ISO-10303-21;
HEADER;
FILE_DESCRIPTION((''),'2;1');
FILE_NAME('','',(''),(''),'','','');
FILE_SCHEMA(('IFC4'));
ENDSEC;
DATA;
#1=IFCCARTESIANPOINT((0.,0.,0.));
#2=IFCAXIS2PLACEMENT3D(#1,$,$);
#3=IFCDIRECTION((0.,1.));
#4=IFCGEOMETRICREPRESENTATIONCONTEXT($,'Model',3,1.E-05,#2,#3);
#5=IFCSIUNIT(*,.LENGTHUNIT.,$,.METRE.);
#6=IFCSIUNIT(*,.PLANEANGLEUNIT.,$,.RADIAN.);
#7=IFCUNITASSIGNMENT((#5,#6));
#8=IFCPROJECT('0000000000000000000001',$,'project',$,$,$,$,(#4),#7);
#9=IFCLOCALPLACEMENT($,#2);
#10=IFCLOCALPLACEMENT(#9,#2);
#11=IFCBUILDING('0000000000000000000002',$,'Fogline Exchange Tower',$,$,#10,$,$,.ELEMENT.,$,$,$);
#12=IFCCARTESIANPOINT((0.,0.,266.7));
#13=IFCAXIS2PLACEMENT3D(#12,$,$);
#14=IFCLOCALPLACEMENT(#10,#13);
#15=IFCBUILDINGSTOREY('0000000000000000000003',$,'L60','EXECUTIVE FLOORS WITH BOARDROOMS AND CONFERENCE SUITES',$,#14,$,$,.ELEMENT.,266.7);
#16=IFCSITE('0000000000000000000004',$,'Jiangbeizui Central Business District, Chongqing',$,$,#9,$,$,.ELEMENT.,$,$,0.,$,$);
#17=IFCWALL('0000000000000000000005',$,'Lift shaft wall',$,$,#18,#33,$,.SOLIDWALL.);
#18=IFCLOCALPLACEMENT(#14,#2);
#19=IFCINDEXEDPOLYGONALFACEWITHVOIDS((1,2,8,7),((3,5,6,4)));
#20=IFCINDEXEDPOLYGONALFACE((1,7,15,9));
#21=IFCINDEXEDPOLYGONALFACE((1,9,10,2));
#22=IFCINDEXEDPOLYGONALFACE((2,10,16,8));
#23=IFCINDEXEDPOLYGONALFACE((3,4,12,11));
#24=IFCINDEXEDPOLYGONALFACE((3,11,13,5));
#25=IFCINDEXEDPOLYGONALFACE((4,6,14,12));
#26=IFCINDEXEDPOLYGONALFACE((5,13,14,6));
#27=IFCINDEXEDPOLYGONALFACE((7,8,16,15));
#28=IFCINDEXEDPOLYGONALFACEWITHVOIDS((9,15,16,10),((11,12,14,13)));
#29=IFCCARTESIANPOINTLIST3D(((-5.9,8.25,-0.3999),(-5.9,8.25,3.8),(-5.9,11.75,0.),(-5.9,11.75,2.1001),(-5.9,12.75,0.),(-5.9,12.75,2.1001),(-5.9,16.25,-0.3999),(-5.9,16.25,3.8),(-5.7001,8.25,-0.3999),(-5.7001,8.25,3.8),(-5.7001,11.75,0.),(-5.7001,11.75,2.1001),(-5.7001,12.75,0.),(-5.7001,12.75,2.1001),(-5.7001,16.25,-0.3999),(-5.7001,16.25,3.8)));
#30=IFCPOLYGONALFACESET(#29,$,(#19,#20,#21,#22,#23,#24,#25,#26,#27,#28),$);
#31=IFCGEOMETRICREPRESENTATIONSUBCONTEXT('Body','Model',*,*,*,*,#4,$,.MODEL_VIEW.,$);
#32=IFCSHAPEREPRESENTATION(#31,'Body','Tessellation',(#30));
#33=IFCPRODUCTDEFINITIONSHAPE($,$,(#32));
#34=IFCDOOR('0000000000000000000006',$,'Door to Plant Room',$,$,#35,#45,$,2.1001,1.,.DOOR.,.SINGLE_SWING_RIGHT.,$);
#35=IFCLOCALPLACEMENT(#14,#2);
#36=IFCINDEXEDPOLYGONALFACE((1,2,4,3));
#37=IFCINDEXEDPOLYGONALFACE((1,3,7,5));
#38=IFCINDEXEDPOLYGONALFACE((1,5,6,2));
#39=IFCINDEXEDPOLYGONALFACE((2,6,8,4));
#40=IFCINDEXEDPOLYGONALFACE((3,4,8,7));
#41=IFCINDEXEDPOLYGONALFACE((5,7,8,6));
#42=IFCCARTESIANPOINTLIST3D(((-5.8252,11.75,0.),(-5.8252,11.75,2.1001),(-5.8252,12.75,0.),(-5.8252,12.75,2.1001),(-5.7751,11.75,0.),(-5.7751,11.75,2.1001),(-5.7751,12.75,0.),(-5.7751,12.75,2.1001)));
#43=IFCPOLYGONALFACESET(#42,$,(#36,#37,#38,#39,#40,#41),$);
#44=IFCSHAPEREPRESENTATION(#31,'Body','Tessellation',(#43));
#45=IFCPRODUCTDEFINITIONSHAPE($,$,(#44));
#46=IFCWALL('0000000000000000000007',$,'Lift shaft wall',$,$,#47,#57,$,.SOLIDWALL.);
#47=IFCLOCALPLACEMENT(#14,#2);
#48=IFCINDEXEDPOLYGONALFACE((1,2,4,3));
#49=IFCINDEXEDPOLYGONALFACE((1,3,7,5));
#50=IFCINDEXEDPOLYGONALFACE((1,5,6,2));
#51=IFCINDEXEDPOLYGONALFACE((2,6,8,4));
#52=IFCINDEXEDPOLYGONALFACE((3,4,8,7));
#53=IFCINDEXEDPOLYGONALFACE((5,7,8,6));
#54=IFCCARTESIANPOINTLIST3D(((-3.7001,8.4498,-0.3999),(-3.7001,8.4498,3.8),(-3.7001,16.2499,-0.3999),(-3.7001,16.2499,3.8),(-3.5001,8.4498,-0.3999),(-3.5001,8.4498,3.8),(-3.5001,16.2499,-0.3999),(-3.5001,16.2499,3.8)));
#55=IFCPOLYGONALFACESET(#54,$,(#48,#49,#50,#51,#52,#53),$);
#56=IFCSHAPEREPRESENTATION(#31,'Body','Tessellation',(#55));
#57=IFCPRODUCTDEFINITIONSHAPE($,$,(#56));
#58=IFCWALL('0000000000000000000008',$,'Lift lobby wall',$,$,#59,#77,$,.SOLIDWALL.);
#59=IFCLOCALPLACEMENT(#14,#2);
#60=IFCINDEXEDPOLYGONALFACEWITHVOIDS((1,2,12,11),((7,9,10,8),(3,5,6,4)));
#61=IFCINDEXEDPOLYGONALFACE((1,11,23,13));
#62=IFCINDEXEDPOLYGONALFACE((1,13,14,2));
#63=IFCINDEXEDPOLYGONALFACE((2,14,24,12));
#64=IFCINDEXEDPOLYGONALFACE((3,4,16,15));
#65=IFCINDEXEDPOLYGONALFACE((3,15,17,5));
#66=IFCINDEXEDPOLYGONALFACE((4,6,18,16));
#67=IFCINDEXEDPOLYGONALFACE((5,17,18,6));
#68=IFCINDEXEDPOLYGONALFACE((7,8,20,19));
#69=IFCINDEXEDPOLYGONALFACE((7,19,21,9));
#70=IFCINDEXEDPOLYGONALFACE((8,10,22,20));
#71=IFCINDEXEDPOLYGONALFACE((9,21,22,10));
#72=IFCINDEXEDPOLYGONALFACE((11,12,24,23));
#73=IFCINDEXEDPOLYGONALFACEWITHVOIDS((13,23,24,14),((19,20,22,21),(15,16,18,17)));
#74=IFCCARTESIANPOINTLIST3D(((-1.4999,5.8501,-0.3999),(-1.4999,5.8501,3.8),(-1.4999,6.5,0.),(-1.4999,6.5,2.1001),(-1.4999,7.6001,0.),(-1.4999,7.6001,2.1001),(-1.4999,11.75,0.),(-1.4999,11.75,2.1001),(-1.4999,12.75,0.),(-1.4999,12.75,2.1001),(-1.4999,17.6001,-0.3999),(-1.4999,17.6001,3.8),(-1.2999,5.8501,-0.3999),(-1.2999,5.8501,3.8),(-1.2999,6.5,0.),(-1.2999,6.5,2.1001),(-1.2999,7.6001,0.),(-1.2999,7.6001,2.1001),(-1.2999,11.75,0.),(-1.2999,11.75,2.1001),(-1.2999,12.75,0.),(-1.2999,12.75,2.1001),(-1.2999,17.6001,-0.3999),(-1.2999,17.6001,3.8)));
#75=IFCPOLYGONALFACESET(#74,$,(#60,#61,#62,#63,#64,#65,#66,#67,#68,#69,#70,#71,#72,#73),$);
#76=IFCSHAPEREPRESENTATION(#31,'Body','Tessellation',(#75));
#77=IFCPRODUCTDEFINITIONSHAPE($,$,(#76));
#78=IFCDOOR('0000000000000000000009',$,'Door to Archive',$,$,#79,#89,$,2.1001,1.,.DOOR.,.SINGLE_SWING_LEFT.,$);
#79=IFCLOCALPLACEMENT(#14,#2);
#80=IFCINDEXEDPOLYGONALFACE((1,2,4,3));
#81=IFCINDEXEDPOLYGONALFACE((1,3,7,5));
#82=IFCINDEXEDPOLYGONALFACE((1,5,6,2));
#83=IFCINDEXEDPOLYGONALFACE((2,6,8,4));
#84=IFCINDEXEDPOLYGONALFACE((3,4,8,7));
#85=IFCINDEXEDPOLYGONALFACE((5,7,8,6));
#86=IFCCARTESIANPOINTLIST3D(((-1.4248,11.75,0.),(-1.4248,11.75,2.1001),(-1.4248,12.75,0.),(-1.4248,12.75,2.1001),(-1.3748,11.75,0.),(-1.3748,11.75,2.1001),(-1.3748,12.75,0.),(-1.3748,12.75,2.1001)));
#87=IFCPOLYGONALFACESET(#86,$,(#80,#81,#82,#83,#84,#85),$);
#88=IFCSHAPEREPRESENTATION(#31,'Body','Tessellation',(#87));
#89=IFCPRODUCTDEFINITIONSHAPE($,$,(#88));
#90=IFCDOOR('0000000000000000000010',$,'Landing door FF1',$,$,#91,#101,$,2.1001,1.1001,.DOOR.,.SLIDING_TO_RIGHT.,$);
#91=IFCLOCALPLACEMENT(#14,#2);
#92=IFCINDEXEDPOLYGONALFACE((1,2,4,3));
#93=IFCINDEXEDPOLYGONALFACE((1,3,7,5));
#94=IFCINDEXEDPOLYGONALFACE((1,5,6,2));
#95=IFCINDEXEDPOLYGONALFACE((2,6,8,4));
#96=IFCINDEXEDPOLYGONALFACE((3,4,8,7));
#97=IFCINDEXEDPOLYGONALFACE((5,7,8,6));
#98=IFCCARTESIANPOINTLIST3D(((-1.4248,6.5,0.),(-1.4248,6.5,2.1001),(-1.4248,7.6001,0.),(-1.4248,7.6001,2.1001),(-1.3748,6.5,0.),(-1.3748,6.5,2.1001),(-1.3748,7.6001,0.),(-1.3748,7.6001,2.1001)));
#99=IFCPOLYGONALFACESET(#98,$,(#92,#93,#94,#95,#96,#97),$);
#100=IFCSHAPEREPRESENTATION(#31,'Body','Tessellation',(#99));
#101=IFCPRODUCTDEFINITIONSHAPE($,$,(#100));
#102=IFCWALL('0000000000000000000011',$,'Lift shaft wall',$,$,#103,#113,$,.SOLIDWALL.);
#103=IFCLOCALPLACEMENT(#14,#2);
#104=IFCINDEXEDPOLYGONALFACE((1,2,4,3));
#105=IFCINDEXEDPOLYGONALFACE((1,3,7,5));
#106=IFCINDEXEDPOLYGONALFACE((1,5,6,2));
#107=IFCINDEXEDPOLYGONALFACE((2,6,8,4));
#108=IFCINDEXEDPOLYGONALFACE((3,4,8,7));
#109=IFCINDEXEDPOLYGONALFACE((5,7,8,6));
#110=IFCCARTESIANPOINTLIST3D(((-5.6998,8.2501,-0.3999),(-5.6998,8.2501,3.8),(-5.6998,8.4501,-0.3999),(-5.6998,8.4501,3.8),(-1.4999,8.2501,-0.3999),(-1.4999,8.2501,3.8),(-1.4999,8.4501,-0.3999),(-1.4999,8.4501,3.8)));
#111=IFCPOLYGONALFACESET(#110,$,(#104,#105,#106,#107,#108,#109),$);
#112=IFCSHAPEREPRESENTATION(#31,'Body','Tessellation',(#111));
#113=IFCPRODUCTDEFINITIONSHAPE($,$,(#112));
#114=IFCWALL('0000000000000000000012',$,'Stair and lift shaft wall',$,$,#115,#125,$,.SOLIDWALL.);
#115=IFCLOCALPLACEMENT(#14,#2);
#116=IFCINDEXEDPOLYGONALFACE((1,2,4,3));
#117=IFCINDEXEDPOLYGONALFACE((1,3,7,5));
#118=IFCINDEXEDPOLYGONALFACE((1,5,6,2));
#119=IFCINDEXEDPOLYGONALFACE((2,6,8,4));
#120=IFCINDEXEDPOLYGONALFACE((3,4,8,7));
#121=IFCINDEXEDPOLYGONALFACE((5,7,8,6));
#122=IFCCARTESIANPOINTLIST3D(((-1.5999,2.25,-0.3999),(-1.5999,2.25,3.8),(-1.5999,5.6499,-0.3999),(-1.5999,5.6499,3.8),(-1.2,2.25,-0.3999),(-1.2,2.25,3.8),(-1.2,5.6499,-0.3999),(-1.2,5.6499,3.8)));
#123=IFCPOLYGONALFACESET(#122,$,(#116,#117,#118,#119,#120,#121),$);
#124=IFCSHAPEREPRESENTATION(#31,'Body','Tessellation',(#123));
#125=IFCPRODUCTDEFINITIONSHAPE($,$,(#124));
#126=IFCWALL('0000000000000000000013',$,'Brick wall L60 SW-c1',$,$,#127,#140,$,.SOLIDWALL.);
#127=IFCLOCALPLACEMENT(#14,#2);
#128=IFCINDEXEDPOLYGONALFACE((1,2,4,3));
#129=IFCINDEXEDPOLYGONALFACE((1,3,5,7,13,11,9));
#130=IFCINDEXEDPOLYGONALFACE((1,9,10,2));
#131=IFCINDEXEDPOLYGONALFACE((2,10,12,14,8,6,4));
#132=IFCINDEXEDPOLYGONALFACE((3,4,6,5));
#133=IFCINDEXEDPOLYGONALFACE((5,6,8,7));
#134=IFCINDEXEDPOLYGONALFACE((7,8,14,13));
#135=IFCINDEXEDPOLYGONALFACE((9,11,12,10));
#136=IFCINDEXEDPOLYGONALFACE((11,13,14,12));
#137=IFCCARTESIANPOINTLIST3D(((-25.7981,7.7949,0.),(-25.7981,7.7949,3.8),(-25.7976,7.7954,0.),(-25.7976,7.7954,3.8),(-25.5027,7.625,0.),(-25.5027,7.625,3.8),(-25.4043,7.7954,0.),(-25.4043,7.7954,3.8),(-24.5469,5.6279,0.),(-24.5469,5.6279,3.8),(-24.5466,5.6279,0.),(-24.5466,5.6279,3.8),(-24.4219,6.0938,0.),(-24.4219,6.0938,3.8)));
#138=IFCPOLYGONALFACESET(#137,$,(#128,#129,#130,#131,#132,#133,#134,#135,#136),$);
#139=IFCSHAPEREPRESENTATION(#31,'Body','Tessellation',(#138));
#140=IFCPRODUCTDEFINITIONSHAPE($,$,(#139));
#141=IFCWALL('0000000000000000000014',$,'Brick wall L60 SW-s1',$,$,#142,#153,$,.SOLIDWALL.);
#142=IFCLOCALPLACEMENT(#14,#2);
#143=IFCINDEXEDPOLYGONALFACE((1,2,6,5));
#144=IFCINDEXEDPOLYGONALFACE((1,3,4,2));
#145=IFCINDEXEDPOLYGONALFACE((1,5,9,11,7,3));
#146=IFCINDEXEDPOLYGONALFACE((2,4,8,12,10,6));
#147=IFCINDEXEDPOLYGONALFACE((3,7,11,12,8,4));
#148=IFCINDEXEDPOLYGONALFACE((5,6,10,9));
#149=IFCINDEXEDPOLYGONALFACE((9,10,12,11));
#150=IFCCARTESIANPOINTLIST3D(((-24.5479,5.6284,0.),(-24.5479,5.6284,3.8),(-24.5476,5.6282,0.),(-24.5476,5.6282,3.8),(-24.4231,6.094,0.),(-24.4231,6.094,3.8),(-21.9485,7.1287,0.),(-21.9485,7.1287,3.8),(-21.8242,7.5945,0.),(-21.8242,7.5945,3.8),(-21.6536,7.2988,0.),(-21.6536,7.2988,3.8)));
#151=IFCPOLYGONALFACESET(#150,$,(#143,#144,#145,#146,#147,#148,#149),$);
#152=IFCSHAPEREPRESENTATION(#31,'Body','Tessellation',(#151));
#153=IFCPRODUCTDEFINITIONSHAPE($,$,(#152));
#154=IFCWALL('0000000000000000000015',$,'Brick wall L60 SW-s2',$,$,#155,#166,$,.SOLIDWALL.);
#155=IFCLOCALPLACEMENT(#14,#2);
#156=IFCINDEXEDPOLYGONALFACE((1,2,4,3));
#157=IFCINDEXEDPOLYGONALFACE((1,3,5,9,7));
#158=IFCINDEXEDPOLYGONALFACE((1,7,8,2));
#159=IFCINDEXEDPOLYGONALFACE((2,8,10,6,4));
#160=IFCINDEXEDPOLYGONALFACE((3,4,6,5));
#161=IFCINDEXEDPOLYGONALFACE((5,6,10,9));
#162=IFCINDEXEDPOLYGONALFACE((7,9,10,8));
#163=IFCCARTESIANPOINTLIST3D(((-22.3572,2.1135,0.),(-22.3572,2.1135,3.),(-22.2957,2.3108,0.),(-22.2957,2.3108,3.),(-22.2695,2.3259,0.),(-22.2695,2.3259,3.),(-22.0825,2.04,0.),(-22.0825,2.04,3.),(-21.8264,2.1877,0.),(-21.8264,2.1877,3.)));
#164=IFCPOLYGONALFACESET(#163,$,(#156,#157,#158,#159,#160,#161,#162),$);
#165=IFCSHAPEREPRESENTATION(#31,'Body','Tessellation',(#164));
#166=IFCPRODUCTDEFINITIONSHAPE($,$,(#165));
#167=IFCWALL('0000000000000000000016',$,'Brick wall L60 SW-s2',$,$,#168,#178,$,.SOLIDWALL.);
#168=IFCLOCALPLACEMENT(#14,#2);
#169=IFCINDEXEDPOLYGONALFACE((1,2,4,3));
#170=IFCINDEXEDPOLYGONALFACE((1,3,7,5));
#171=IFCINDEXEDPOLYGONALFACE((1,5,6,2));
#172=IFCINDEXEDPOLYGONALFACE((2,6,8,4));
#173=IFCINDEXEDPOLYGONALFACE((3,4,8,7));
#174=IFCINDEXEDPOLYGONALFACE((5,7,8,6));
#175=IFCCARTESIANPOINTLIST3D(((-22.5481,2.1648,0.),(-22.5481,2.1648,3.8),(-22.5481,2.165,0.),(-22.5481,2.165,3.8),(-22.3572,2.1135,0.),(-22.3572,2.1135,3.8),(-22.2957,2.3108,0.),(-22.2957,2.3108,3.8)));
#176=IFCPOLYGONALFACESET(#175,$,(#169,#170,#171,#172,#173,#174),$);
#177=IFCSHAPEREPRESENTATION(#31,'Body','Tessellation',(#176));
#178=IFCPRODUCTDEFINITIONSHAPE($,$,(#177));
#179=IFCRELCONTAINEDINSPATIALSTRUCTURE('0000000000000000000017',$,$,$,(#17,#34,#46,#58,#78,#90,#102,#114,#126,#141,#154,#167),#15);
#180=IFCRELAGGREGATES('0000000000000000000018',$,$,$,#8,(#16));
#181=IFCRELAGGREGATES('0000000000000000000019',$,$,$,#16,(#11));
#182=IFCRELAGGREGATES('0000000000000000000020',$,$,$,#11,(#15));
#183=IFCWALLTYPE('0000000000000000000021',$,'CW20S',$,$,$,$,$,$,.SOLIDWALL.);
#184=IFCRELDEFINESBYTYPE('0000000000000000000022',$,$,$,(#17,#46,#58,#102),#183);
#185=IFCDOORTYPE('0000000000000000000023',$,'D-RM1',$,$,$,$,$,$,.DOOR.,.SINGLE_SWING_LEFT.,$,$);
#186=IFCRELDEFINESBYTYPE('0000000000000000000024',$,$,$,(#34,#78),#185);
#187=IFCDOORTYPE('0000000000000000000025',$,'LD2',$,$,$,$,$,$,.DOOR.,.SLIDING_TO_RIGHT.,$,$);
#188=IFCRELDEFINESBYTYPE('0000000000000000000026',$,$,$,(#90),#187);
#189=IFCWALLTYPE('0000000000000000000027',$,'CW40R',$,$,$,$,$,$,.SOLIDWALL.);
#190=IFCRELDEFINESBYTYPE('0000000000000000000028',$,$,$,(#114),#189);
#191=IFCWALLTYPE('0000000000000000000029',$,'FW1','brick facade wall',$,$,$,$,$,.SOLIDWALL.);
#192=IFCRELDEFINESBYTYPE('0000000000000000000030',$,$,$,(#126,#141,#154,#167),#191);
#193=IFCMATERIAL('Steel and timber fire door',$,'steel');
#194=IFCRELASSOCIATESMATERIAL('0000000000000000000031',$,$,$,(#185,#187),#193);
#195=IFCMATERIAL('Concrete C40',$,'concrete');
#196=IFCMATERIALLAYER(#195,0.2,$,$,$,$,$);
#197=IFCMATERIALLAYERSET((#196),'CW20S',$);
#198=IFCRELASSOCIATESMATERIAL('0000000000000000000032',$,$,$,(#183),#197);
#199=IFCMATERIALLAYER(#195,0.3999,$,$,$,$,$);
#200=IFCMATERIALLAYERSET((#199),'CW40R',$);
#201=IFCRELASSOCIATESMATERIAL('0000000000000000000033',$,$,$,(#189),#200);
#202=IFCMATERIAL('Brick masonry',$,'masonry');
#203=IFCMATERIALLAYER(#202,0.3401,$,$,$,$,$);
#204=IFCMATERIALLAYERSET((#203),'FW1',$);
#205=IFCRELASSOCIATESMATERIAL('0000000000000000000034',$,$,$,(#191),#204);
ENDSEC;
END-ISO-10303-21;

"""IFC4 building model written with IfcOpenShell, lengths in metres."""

from ifc_helpers import new_model, si_unit, direction, frame, frame_2d, origin, place, context, subcontext, project, spatial, polyline, rectangle, outline, extrude, material, layer, layer_set, type_object, element, fill, save


model = new_model("IFC4")

# Units and contexts
model_context = context("Model", 3, precision=1e-05, world=origin(), true_north=direction((0.0, 1.0)))
body_context = subcontext(model_context, "Body", "Model", "MODEL_VIEW")
ifc_project = project(units=[si_unit("LENGTHUNIT", "METRE"), si_unit("PLANEANGLEUNIT", "RADIAN")], contexts=[model_context])

# Site, building, storey
site_placement = place(None, origin())
site = spatial("IfcSite", under=ifc_project, at=site_placement, Name="Jiangbeizui Central Business District, Chongqing", CompositionType="ELEMENT", RefElevation=0.0)
building_placement = place(site_placement, origin())
building = spatial("IfcBuilding", under=site, at=building_placement, Name="Fogline Exchange Tower", CompositionType="ELEMENT")
storey_placement = place(building_placement, frame((0.0, 0.0, 266.7)))
storey = spatial("IfcBuildingStorey", under=building, at=storey_placement, Name="L60", Description="EXECUTIVE FLOORS WITH BOARDROOMS AND CONFERENCE SUITES", CompositionType="ELEMENT", Elevation=266.7)

# Shared definitions
ifc_material_1 = material(Name="Concrete C40", Category="concrete")

# Shared definitions
ifc_material_2 = material(Name="Steel and timber fire door", Category="steel")

# Wall, opening, door
door_type_1 = type_object("IfcDoorType", Name="D-RM1", OperationType="SINGLE_SWING_LEFT", PredefinedType="DOOR", material=ifc_material_2)
ifc_layer_1 = layer(ifc_material_1, 0.2)
ifc_layer_set_1 = layer_set([ifc_layer_1], Name="CW20S")
wall_type_1 = type_object("IfcWallType", Name="CW20S", PredefinedType="SOLIDWALL", material=ifc_layer_set_1)
wall_1_placement = place(storey_placement, frame((-5.8, 8.25, -0.3999), z_axis=(0.0, 0.0, 1.0), x_axis=(0.0, 1.0, 0.0)))
wall_1 = element("IfcWall", 1, at=wall_1_placement, inside=storey, type_object=wall_type_1, Name="Lift shaft wall", PredefinedType="SOLIDWALL", context=body_context, shape_type="SweptSolid", body=[
    extrude(rectangle(XDim=8.0, YDim=0.2, at=frame_2d((4.0, 0.0))), origin(), (0.0, 0.0, 1.0), 4.2),
])
opening_1_placement = place(wall_1_placement, frame((3.5, 0.0, 0.3999)))
opening_1 = element("IfcOpeningElement", 2, at=opening_1_placement, cuts=wall_1, PredefinedType="OPENING", context=body_context, shape_type="SweptSolid", body=[
    extrude(rectangle(XDim=1.0, YDim=2.1001, at=frame_2d((0.5, 1.05))), frame((0.0, 0.1099, 0.0), z_axis=(0.0, -1.0, 0.0), x_axis=(1.0, 0.0, 0.0)), (0.0, 0.0, 1.0), 0.22),
])
door_1_placement = place(opening_1_placement, frame((1.0, 0.0, 0.0), z_axis=(0.0, 0.0, 1.0), x_axis=(-1.0, 0.0, 0.0)))
door_1 = element("IfcDoor", 3, at=door_1_placement, inside=storey, type_object=door_type_1, Name="Door to Plant Room", OperationType="SINGLE_SWING_RIGHT", OverallHeight=2.1001, OverallWidth=1.0, PredefinedType="DOOR", context=body_context, shape_type="SweptSolid", body=[
    extrude(rectangle(XDim=1.0, YDim=2.1001, at=frame_2d((0.5, 1.05))), frame((0.0, 0.0249, 0.0), z_axis=(0.0, -1.0, 0.0), x_axis=(1.0, 0.0, 0.0)), (0.0, 0.0, 1.0), 0.05),
])
fill(opening_1, door_1)

# Wall
wall_2_placement = place(storey_placement, frame((-3.6001, 8.45, -0.3999), z_axis=(0.0, 0.0, 1.0), x_axis=(0.0, 1.0, 0.0)))
element("IfcWall", 4, at=wall_2_placement, inside=storey, type_object=wall_type_1, Name="Lift shaft wall", PredefinedType="SOLIDWALL", context=body_context, shape_type="SweptSolid", body=[
    extrude(rectangle(XDim=7.8, YDim=0.2, at=frame_2d((3.8999, 0.0))), origin(), (0.0, 0.0, 1.0), 4.2),
])

# Wall, openings, doors
wall_3_placement = place(storey_placement, frame((-1.3999, 5.8501, -0.3999), z_axis=(0.0, 0.0, 1.0), x_axis=(0.0, 1.0, 0.0)))
wall_3 = element("IfcWall", 5, at=wall_3_placement, inside=storey, type_object=wall_type_1, Name="Lift lobby wall", PredefinedType="SOLIDWALL", context=body_context, shape_type="SweptSolid", body=[
    extrude(rectangle(XDim=11.75, YDim=0.2, at=frame_2d((5.875, 0.0))), origin(), (0.0, 0.0, 1.0), 4.2),
])
opening_2_placement = place(wall_3_placement, frame((0.6499, 0.0, 0.3999)))
opening_2 = element("IfcOpeningElement", 6, at=opening_2_placement, cuts=wall_3, PredefinedType="OPENING", context=body_context, shape_type="SweptSolid", body=[
    extrude(rectangle(XDim=1.1001, YDim=2.1001, at=frame_2d((0.55, 1.05))), frame((0.0, 0.1099, 0.0), z_axis=(0.0, -1.0, 0.0), x_axis=(1.0, 0.0, 0.0)), (0.0, 0.0, 1.0), 0.22),
])
opening_3_placement = place(wall_3_placement, frame((5.8999, 0.0, 0.3999)))
opening_3 = element("IfcOpeningElement", 7, at=opening_3_placement, cuts=wall_3, PredefinedType="OPENING", context=body_context, shape_type="SweptSolid", body=[
    extrude(rectangle(XDim=1.0, YDim=2.1001, at=frame_2d((0.5, 1.05))), frame((0.0, 0.1099, 0.0), z_axis=(0.0, -1.0, 0.0), x_axis=(1.0, 0.0, 0.0)), (0.0, 0.0, 1.0), 0.22),
])
door_2_placement = place(opening_3_placement, origin())
door_2 = element("IfcDoor", 8, at=door_2_placement, inside=storey, type_object=door_type_1, Name="Door to Archive", OperationType="SINGLE_SWING_LEFT", OverallHeight=2.1001, OverallWidth=1.0, PredefinedType="DOOR", context=body_context, shape_type="SweptSolid", body=[
    extrude(rectangle(XDim=1.0, YDim=2.1001, at=frame_2d((0.5, 1.05))), frame((0.0, 0.0249, 0.0), z_axis=(0.0, -1.0, 0.0), x_axis=(1.0, 0.0, 0.0)), (0.0, 0.0, 1.0), 0.05),
])
fill(opening_3, door_2)
door_type_2 = type_object("IfcDoorType", Name="LD2", OperationType="SLIDING_TO_RIGHT", PredefinedType="DOOR", material=ifc_material_2)
door_3_placement = place(opening_2_placement, origin())
door_3 = element("IfcDoor", 9, at=door_3_placement, inside=storey, type_object=door_type_2, Name="Landing door FF1", OperationType="SLIDING_TO_RIGHT", OverallHeight=2.1001, OverallWidth=1.1001, PredefinedType="DOOR", context=body_context, shape_type="SweptSolid", body=[
    extrude(rectangle(XDim=1.1001, YDim=2.1001, at=frame_2d((0.55, 1.05))), frame((0.0, 0.0249, 0.0), z_axis=(0.0, -1.0, 0.0), x_axis=(1.0, 0.0, 0.0)), (0.0, 0.0, 1.0), 0.05),
])
fill(opening_2, door_3)

# Walls
wall_4_placement = place(storey_placement, frame((-5.7, 8.3501, -0.3999), z_axis=(0.0, 0.0, 1.0), x_axis=(1.0, 0.0, 0.0)))
element("IfcWall", 10, at=wall_4_placement, inside=storey, type_object=wall_type_1, Name="Lift shaft wall", PredefinedType="SOLIDWALL", context=body_context, shape_type="SweptSolid", body=[
    extrude(rectangle(XDim=4.2, YDim=0.2, at=frame_2d((2.1001, 0.0))), origin(), (0.0, 0.0, 1.0), 4.2),
])
ifc_layer_2 = layer(ifc_material_1, 0.3999)
ifc_layer_set_2 = layer_set([ifc_layer_2], Name="CW40R")
wall_type_2 = type_object("IfcWallType", Name="CW40R", PredefinedType="SOLIDWALL", material=ifc_layer_set_2)
wall_5_placement = place(storey_placement, frame((-1.3999, 2.25, -0.3999), z_axis=(0.0, 0.0, 1.0), x_axis=(0.0, 1.0, 0.0)))
element("IfcWall", 11, at=wall_5_placement, inside=storey, type_object=wall_type_2, Name="Stair and lift shaft wall", PredefinedType="SOLIDWALL", context=body_context, shape_type="SweptSolid", body=[
    extrude(rectangle(XDim=3.3999, YDim=0.3999, at=frame_2d((1.7, 0.0))), origin(), (0.0, 0.0, 1.0), 4.2),
])
ifc_material_3 = material(Name="Brick masonry", Category="masonry")
ifc_layer_3 = layer(ifc_material_3, 0.3401)
ifc_layer_set_3 = layer_set([ifc_layer_3], Name="FW1")
wall_type_3 = type_object("IfcWallType", Name="FW1", Description="brick facade wall", PredefinedType="SOLIDWALL", material=ifc_layer_set_3)
wall_6_placement = place(storey_placement, origin())
element("IfcWall", 12, at=wall_6_placement, inside=storey, type_object=wall_type_3, Name="Brick wall L60 SW-c1", PredefinedType="SOLIDWALL", context=body_context, shape_type="SweptSolid", body=[
    extrude(outline(polyline([(-24.5469, 5.6279), (-25.7981, 7.7949), (-25.7976, 7.7954), (-25.5027, 7.625), (-25.4043, 7.7954), (-24.4219, 6.0938), (-24.5466, 5.6279), (-24.5469, 5.6279)])), origin(), (0.0, 0.0, 1.0), 3.8),
])
wall_7_placement = place(storey_placement, origin())
element("IfcWall", 13, at=wall_7_placement, inside=storey, type_object=wall_type_3, Name="Brick wall L60 SW-s1", PredefinedType="SOLIDWALL", context=body_context, shape_type="SweptSolid", body=[
    extrude(outline(polyline([(-21.8242, 7.5945), (-21.6536, 7.2988), (-21.9485, 7.1287), (-24.5476, 5.6282), (-24.5479, 5.6284), (-24.4231, 6.094), (-21.8242, 7.5945)])), origin(), (0.0, 0.0, 1.0), 3.8),
])
wall_8_placement = place(storey_placement, origin())
element("IfcWall", 14, at=wall_8_placement, inside=storey, type_object=wall_type_3, Name="Brick wall L60 SW-s2", PredefinedType="SOLIDWALL", context=body_context, shape_type="SweptSolid", body=[
    extrude(outline(polyline([(-22.2695, 2.3259), (-21.8264, 2.1877), (-22.0825, 2.04), (-22.3572, 2.1135), (-22.2957, 2.3108), (-22.2695, 2.3259)])), origin(), (0.0, 0.0, 1.0), 3.0),
])
wall_9_placement = place(storey_placement, origin())
element("IfcWall", 15, at=wall_9_placement, inside=storey, type_object=wall_type_3, Name="Brick wall L60 SW-s2", PredefinedType="SOLIDWALL", context=body_context, shape_type="SweptSolid", body=[
    extrude(outline(polyline([(-22.2957, 2.3108), (-22.3572, 2.1135), (-22.5481, 2.1648), (-22.5481, 2.165), (-22.2957, 2.3108)])), origin(), (0.0, 0.0, 1.0), 3.8),
])

save(model, "model.ifc")
